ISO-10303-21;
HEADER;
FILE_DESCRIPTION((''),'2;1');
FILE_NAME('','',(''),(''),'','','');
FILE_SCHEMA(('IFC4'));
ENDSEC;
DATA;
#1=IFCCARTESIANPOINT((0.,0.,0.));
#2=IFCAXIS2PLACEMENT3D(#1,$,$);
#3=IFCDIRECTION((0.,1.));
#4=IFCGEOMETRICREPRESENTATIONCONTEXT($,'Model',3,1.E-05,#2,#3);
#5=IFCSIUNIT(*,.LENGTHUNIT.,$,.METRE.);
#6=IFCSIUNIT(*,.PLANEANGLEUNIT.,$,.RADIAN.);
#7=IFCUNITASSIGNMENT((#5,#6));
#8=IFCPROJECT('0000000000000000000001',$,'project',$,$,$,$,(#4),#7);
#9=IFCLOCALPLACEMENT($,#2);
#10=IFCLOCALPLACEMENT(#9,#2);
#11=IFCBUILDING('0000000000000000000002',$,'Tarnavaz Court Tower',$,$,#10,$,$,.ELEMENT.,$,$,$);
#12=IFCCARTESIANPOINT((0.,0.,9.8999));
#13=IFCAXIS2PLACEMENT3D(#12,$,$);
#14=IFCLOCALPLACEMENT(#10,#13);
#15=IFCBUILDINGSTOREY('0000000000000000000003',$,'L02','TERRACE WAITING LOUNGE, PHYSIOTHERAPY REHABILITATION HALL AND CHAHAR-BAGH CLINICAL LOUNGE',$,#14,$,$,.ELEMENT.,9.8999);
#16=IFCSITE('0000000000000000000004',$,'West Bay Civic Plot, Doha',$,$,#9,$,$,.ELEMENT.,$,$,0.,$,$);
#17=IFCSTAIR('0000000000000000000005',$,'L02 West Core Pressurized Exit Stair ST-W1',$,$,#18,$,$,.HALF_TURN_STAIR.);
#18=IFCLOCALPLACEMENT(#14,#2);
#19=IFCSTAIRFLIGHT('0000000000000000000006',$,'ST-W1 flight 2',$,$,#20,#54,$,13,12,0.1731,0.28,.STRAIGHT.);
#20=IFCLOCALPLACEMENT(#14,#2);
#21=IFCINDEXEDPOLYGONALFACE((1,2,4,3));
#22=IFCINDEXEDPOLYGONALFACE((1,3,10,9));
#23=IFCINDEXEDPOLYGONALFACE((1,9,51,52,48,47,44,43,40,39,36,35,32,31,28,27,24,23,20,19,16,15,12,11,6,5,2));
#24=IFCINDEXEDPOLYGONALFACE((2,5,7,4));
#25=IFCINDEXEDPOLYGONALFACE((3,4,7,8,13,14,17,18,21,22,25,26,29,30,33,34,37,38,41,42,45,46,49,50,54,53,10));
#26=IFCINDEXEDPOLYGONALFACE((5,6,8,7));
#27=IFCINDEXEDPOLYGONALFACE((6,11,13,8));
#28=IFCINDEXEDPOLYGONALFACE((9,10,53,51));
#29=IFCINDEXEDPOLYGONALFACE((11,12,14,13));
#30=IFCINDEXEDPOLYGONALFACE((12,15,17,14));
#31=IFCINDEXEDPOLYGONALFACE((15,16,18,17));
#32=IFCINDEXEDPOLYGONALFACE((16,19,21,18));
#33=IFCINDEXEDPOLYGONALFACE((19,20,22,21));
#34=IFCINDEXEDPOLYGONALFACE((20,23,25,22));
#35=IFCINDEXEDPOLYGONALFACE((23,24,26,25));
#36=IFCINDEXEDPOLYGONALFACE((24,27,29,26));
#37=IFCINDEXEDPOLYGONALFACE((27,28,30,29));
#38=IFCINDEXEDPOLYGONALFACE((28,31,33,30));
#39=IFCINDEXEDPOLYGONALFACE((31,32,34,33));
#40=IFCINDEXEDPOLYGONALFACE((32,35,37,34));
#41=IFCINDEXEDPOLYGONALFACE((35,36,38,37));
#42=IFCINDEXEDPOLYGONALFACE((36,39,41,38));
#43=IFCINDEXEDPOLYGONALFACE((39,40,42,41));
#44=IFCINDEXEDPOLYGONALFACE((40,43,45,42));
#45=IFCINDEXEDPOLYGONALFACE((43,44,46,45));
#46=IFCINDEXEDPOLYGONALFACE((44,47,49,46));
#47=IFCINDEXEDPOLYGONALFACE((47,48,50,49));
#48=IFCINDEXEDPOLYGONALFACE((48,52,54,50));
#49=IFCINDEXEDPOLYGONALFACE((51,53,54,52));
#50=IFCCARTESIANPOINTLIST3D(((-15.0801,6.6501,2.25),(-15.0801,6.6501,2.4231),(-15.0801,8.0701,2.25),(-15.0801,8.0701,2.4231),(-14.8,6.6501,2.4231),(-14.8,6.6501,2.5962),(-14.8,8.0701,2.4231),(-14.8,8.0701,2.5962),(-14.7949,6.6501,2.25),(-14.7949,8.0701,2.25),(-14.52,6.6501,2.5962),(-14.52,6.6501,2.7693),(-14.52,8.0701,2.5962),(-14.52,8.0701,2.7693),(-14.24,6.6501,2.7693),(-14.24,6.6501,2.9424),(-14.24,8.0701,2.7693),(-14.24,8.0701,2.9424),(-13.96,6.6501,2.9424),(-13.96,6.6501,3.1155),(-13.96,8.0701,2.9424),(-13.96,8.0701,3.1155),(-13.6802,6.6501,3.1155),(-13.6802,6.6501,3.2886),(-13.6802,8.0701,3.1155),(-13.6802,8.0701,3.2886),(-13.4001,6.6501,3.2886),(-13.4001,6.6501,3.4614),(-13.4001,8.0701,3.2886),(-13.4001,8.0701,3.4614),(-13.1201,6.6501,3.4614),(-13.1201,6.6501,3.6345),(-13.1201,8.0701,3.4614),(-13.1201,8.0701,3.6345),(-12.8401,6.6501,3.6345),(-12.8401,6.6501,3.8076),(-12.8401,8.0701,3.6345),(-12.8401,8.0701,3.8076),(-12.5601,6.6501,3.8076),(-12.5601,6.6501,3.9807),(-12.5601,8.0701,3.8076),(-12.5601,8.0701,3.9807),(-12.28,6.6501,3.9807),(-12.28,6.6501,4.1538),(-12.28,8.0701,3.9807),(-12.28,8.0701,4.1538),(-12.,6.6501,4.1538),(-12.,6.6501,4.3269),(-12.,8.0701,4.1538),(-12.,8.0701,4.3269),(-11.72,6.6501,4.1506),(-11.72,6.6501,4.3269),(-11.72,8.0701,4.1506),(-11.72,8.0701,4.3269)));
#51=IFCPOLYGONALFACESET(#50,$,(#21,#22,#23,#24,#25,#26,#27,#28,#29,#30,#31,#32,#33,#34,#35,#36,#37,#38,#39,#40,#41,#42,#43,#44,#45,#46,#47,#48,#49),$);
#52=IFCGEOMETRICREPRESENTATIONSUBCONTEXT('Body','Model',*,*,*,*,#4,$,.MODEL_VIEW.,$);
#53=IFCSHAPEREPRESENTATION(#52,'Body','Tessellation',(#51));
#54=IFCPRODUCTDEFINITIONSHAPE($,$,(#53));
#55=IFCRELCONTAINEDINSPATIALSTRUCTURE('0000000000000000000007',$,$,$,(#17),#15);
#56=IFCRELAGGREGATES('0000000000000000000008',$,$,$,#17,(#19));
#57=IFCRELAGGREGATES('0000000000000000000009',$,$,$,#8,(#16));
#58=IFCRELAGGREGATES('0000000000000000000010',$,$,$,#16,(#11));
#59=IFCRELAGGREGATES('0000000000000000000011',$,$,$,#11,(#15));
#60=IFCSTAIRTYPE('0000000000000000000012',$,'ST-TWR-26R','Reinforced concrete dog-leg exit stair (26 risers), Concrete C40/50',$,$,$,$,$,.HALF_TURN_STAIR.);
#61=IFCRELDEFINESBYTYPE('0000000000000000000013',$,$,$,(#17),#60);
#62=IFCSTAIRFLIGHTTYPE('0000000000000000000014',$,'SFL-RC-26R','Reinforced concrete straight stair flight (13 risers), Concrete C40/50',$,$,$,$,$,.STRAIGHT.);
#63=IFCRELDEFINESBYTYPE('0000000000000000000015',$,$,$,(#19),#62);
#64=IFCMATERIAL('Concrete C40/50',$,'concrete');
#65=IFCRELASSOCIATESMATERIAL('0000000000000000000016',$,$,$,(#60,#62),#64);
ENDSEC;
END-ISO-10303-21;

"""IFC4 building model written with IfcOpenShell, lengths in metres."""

from ifc_helpers import new_model, si_unit, direction, frame, origin, place, context, subcontext, project, spatial, polyline, outline, extrude, material, type_object, element, aggregate, save


model = new_model("IFC4")

# Units and contexts
model_context = context("Model", 3, precision=1e-05, world=origin(), true_north=direction((0.0, 1.0)))
body_context = subcontext(model_context, "Body", "Model", "MODEL_VIEW")
ifc_project = project(units=[si_unit("LENGTHUNIT", "METRE"), si_unit("PLANEANGLEUNIT", "RADIAN")], contexts=[model_context])

# Site, building, storey
site_placement = place(None, origin())
site = spatial("IfcSite", under=ifc_project, at=site_placement, Name="West Bay Civic Plot, Doha", CompositionType="ELEMENT", RefElevation=0.0)
building_placement = place(site_placement, origin())
building = spatial("IfcBuilding", under=site, at=building_placement, Name="Tarnavaz Court Tower", CompositionType="ELEMENT")
storey_placement = place(building_placement, frame((0.0, 0.0, 9.8999)))
storey = spatial("IfcBuildingStorey", under=building, at=storey_placement, Name="L02", Description="TERRACE WAITING LOUNGE, PHYSIOTHERAPY REHABILITATION HALL AND CHAHAR-BAGH CLINICAL LOUNGE", CompositionType="ELEMENT", Elevation=9.8999)

# Stair, stair flight
ifc_material_1 = material(Name="Concrete C40/50", Category="concrete")
stair_type = type_object("IfcStairType", Name="ST-TWR-26R", Description="Reinforced concrete dog-leg exit stair (26 risers), Concrete C40/50", PredefinedType="HALF_TURN_STAIR", material=ifc_material_1)
stair_placement = place(storey_placement, origin())
stair = element("IfcStair", 1, at=stair_placement, inside=storey, type_object=stair_type, Name="L02 West Core Pressurized Exit Stair ST-W1", PredefinedType="HALF_TURN_STAIR")
stair_flight_type = type_object("IfcStairFlightType", Name="SFL-RC-26R", Description="Reinforced concrete straight stair flight (13 risers), Concrete C40/50", PredefinedType="STRAIGHT", material=ifc_material_1)
stair_flight_placement = place(storey_placement, frame((-15.0801, 7.3601, 2.25), z_axis=(0.0, 0.0, 1.0), x_axis=(1.0, 0.0, 0.0)))
stair_flight = element("IfcStairFlight", 2, at=stair_flight_placement, type_object=stair_flight_type, Name="ST-W1 flight 2", NumberOfRisers=13, NumberOfTreads=12, PredefinedType="STRAIGHT", RiserHeight=0.1731, TreadLength=0.28, context=body_context, shape_type="SweptSolid", body=[
    extrude(outline(polyline([(0.0, 0.0), (0.0, 0.1731), (0.28, 0.1731), (0.28, 0.3462), (0.5601, 0.3462), (0.5601, 0.5193), (0.8401, 0.5193), (0.8401, 0.6924), (1.1201, 0.6924), (1.1201, 0.8655), (1.3999, 0.8655), (1.3999, 1.0386), (1.6799, 1.0386), (1.6799, 1.2114), (1.96, 1.2114), (1.96, 1.3845), (2.24, 1.3845), (2.24, 1.5576), (2.52, 1.5576), (2.52, 1.7307), (2.8, 1.7307), (2.8, 1.9038), (3.0801, 1.9038), (3.0801, 2.0769), (3.3601, 2.0769), (3.3601, 2.25), (3.3601, 1.9006), (0.2852, 0.0), (0.0, 0.0)])), frame((0.0, 0.71, 0.0), z_axis=(0.0, -1.0, 0.0), x_axis=(1.0, 0.0, 0.0)), (0.0, 0.0, 1.0), 1.4199),
])
aggregate(stair, [stair_flight])

save(model, "model.ifc")
